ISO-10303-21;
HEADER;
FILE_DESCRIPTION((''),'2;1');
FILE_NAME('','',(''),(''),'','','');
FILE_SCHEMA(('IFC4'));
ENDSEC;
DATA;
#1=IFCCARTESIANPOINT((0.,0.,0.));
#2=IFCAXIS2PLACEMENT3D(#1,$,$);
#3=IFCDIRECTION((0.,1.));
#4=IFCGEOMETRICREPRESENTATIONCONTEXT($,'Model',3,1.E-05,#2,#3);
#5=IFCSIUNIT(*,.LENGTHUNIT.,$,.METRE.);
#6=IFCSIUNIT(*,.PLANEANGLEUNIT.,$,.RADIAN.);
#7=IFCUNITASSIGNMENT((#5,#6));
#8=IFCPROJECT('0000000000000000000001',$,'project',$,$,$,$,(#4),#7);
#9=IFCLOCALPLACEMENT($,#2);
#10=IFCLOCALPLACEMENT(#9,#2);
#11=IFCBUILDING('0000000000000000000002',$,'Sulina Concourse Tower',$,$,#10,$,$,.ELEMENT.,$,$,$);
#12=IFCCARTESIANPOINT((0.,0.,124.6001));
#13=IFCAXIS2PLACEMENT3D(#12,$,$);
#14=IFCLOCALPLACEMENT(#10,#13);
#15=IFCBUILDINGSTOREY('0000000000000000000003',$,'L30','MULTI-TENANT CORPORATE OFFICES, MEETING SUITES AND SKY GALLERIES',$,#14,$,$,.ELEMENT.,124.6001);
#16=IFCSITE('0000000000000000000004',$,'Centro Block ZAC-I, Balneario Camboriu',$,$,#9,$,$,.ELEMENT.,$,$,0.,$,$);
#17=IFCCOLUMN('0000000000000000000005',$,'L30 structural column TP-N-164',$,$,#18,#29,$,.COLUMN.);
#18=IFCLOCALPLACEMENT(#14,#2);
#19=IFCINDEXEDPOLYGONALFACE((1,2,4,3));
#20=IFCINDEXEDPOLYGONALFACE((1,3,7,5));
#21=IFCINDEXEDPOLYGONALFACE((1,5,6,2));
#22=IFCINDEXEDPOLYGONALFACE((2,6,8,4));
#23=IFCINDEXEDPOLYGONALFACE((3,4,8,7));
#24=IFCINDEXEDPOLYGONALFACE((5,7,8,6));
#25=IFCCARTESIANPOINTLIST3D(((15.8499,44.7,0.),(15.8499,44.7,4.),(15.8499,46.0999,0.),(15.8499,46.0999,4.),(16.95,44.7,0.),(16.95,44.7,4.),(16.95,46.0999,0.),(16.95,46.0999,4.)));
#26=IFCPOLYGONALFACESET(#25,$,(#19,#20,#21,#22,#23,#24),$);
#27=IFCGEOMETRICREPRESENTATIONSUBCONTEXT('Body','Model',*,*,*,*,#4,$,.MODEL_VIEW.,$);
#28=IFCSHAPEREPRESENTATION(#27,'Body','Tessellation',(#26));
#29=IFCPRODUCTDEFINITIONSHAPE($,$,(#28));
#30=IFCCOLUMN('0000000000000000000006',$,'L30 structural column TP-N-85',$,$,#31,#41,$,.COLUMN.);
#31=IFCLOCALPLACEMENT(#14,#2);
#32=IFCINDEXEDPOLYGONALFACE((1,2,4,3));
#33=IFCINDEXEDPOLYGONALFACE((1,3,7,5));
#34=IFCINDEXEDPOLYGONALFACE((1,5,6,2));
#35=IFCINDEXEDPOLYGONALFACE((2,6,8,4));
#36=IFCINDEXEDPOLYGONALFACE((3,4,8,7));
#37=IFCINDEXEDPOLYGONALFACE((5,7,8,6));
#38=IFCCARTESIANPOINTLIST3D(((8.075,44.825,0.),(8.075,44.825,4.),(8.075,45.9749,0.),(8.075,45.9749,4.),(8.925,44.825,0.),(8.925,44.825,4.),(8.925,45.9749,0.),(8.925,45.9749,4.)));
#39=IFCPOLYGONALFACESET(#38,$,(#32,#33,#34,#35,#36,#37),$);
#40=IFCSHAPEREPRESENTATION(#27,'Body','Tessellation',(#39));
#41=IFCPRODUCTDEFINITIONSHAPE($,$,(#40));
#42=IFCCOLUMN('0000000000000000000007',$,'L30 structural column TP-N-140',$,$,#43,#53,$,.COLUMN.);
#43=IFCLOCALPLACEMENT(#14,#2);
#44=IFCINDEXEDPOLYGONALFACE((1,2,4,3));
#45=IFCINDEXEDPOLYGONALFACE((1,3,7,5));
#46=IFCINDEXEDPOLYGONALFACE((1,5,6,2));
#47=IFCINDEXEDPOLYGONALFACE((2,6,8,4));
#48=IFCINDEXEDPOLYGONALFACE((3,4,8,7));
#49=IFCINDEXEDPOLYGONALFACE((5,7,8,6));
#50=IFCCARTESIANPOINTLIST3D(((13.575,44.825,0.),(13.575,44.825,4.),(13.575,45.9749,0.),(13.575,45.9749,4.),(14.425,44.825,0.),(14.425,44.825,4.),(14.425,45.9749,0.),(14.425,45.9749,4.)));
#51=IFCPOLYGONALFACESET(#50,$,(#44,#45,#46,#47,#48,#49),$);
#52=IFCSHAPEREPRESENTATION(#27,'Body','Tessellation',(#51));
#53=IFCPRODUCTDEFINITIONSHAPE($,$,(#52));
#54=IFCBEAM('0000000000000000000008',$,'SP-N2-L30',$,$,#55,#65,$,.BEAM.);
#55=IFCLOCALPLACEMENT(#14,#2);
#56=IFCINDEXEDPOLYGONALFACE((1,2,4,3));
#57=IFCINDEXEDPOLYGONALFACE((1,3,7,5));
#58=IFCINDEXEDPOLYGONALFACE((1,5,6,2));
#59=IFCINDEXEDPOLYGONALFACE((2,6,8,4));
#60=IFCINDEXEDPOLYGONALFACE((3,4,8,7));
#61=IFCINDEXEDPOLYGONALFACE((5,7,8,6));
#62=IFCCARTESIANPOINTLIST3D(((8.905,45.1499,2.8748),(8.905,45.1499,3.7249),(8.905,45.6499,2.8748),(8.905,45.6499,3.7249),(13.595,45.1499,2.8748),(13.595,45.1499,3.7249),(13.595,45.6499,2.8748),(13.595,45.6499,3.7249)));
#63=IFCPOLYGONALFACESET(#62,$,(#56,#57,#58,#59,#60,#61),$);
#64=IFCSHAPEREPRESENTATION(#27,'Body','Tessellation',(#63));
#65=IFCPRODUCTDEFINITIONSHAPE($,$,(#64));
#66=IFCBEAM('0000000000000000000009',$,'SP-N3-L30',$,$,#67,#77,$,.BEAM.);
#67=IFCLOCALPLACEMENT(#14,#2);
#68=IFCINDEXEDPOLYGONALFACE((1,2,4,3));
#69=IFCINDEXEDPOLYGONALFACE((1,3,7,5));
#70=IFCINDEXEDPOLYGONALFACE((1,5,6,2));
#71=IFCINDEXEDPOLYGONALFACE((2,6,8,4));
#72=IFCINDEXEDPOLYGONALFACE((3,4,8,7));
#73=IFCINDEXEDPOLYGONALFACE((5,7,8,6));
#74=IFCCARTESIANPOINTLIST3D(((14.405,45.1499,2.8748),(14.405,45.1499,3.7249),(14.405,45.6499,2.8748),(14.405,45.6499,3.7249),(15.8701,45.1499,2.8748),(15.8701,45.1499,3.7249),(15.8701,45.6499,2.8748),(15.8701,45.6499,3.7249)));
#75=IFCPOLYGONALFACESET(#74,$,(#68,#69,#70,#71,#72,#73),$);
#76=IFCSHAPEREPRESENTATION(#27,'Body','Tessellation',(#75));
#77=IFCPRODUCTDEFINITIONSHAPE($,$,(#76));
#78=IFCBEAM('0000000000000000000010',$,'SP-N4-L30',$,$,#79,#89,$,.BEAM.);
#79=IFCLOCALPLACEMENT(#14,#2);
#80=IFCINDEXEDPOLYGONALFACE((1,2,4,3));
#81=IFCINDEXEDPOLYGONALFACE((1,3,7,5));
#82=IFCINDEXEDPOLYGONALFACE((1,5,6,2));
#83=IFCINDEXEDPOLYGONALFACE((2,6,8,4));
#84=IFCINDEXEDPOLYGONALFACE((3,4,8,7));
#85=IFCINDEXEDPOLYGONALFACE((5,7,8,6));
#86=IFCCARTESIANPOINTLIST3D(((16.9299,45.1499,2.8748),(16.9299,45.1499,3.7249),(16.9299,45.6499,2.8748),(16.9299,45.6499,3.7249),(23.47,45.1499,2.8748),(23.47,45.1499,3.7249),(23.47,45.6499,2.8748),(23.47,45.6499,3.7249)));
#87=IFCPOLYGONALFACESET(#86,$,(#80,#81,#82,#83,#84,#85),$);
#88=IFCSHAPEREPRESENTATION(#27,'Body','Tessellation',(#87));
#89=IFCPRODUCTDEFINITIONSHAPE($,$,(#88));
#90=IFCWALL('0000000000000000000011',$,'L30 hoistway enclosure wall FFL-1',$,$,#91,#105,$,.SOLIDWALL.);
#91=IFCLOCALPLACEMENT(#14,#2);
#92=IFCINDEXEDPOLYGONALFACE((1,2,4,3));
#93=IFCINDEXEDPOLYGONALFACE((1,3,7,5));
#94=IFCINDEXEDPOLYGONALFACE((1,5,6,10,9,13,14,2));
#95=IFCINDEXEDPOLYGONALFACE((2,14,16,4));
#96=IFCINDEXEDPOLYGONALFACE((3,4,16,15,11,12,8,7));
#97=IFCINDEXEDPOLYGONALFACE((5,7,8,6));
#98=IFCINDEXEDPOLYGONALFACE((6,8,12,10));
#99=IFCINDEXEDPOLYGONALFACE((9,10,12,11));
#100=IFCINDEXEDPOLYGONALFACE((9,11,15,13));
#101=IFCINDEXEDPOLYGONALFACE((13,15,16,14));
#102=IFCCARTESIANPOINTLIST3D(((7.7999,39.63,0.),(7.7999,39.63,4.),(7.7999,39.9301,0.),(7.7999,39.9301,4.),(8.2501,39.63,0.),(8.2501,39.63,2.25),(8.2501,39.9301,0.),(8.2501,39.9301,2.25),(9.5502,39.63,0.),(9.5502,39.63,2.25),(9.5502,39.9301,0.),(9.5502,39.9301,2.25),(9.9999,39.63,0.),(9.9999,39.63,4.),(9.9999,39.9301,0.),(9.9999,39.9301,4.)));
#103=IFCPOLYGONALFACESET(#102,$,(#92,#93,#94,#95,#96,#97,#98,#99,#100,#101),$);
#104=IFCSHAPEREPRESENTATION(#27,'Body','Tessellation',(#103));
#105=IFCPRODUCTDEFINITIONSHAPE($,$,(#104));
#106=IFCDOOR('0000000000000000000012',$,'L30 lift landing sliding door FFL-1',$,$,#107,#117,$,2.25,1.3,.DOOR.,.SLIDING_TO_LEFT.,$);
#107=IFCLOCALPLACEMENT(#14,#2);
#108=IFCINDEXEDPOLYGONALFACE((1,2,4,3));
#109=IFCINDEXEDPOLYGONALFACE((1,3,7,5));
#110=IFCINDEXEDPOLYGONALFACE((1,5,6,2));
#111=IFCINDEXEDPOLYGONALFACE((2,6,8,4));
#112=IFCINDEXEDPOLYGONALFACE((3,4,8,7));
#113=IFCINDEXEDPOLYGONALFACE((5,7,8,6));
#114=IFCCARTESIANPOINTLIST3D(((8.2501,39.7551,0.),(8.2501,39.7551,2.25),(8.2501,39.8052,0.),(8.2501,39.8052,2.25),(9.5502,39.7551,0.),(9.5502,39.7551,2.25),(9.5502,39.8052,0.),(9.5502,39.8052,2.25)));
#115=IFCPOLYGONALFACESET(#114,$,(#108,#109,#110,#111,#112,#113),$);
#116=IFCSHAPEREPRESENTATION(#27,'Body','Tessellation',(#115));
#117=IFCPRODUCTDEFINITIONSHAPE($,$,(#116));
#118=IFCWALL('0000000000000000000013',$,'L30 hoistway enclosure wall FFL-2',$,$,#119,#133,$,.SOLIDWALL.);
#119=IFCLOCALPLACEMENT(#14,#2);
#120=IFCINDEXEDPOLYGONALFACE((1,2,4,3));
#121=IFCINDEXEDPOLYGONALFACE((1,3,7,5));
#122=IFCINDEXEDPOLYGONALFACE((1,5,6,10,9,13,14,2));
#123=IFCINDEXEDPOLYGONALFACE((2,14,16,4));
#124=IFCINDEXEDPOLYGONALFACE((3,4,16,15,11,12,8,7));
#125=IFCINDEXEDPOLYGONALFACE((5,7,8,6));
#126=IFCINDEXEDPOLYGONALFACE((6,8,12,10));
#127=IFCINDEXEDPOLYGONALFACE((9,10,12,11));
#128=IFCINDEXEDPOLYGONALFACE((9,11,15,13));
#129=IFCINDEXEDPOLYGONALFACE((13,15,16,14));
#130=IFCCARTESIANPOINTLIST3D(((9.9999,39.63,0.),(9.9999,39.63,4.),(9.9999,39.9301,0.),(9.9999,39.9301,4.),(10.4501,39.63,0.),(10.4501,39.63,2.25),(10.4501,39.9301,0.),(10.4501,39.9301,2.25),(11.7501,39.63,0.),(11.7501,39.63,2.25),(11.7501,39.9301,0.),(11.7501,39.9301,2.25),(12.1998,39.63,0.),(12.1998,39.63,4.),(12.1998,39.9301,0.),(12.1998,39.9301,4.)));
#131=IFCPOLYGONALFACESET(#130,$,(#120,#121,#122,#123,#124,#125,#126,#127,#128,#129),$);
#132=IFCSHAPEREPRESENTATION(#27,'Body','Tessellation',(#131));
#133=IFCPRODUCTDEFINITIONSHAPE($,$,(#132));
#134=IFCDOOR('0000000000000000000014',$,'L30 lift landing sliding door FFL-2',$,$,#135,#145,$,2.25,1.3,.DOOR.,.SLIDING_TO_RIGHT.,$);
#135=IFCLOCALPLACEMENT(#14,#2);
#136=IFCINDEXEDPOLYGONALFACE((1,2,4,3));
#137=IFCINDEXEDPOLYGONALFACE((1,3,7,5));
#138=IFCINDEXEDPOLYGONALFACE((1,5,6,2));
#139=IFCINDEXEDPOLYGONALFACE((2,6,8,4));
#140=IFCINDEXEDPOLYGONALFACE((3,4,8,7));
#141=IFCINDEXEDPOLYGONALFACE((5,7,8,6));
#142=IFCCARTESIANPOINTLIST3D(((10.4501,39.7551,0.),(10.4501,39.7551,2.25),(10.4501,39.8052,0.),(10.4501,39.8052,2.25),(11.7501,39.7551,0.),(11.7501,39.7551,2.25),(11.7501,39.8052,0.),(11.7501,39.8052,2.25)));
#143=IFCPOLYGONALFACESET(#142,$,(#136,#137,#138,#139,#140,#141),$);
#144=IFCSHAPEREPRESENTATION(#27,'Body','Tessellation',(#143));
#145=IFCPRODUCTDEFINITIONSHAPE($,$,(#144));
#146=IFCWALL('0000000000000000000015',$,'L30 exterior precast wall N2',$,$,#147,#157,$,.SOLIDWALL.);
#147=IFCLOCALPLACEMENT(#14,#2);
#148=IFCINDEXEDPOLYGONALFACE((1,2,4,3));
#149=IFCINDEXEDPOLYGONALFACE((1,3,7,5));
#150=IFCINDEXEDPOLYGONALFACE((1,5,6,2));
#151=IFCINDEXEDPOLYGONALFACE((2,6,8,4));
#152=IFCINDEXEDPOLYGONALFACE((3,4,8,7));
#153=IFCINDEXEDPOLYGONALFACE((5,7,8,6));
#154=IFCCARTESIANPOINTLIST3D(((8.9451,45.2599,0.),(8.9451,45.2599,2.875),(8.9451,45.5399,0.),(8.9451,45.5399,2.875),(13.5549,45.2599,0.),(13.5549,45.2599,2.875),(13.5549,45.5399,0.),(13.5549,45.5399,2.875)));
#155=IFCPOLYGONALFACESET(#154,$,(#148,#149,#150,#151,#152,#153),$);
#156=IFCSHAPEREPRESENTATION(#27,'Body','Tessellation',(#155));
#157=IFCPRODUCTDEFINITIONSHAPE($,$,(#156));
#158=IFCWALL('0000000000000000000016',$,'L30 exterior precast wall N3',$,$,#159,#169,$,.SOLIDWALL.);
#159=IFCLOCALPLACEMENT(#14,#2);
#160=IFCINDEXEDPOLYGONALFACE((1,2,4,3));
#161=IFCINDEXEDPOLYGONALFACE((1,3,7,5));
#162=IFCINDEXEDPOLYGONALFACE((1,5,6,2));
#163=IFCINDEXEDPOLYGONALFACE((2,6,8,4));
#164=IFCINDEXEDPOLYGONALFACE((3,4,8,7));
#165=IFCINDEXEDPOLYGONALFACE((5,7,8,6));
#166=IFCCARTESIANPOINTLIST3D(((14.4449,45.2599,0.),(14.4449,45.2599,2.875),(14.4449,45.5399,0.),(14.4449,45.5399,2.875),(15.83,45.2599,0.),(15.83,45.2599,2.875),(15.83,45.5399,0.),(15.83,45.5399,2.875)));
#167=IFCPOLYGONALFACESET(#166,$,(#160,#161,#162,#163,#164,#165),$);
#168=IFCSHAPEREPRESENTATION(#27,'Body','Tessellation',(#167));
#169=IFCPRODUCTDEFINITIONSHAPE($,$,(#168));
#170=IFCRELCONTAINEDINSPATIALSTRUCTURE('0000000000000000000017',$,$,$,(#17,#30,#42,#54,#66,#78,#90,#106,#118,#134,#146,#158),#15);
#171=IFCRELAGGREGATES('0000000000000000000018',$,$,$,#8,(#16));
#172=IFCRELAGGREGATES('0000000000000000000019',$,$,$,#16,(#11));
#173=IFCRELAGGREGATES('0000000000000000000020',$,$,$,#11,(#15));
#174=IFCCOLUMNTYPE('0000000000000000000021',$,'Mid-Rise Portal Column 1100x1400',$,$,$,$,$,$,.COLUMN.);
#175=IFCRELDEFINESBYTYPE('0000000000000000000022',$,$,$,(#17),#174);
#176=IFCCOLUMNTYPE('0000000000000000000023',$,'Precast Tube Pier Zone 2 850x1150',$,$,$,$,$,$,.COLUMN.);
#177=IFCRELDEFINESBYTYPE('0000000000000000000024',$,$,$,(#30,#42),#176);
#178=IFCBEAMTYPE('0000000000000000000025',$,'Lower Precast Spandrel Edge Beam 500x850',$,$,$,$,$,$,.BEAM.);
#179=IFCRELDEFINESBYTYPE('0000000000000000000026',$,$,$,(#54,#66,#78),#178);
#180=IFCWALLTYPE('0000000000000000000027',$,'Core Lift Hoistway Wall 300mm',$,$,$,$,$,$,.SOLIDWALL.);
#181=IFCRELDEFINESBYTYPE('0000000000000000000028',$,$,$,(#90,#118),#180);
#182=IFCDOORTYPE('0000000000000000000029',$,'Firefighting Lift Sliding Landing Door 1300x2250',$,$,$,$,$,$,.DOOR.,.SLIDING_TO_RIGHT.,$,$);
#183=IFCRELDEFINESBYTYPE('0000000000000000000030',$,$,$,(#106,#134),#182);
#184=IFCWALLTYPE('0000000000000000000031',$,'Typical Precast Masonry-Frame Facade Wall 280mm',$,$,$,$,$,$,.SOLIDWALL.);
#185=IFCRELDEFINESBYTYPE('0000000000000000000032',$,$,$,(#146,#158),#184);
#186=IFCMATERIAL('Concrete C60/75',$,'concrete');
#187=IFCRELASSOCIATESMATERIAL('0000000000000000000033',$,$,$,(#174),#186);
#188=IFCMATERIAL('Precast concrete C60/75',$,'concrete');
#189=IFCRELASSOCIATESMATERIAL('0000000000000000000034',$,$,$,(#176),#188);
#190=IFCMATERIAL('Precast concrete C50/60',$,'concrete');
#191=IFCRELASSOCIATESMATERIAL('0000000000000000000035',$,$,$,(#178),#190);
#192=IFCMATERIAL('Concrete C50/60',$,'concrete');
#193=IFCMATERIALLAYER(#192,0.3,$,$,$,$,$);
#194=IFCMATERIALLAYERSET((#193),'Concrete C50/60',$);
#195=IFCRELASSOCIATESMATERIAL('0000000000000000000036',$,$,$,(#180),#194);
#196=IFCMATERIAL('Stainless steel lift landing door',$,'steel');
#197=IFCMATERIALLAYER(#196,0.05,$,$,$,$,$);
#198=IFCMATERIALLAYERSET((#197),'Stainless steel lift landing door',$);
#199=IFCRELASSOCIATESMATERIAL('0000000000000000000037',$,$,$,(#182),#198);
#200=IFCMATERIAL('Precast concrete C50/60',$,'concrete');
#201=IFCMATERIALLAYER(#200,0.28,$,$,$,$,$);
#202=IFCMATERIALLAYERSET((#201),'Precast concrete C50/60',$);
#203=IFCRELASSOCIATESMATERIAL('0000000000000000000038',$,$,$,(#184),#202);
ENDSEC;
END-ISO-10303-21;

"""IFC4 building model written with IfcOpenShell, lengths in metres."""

from ifc_helpers import new_model, si_unit, direction, frame, frame_2d, origin, origin_2d, place, context, subcontext, project, spatial, rectangle, extrude, material, layer, layer_set, material_profile, profile_set, type_object, element, fill, save


model = new_model("IFC4")

# Units and contexts
model_context = context("Model", 3, precision=1e-05, world=origin(), true_north=direction((0.0, 1.0)))
body_context = subcontext(model_context, "Body", "Model", "MODEL_VIEW")
ifc_project = project(units=[si_unit("LENGTHUNIT", "METRE"), si_unit("PLANEANGLEUNIT", "RADIAN")], contexts=[model_context])

# Site, building, storey
site_placement = place(None, origin())
site = spatial("IfcSite", under=ifc_project, at=site_placement, Name="Centro Block ZAC-I, Balneario Camboriu", CompositionType="ELEMENT", RefElevation=0.0)
building_placement = place(site_placement, origin())
building = spatial("IfcBuilding", under=site, at=building_placement, Name="Sulina Concourse Tower", CompositionType="ELEMENT")
storey_placement = place(building_placement, frame((0.0, 0.0, 124.6001)))
storey = spatial("IfcBuildingStorey", under=building, at=storey_placement, Name="L30", Description="MULTI-TENANT CORPORATE OFFICES, MEETING SUITES AND SKY GALLERIES", CompositionType="ELEMENT", Elevation=124.6001)

# Columns
ifc_material_1 = material(Name="Concrete C60/75", Category="concrete")
ifc_material_profile_1 = material_profile(ifc_material_1, rectangle(XDim=1.1001, YDim=1.3999, at=origin_2d()), Name="RC 1100x1400")
ifc_profile_set_1 = profile_set([ifc_material_profile_1], Name="Concrete C60/75")
column_type_1 = type_object("IfcColumnType", Name="Mid-Rise Portal Column 1100x1400", PredefinedType="COLUMN", material=ifc_profile_set_1)
column_placement = place(storey_placement, frame((16.3999, 45.3999, 0.0), z_axis=(0.0, 0.0, 1.0), x_axis=(1.0, 0.0, 0.0)))
element("IfcColumn", 1, at=column_placement, inside=storey, type_object=column_type_1, Name="L30 structural column TP-N-164", PredefinedType="COLUMN", context=body_context, shape_type="SweptSolid", body=[
    extrude(rectangle(XDim=1.1001, YDim=1.3999, at=origin_2d()), origin(), (0.0, 0.0, 1.0), 4.0),
])
ifc_material_2 = material(Name="Precast concrete C60/75", Category="concrete")
ifc_material_profile_2 = material_profile(ifc_material_2, rectangle(XDim=0.8501, YDim=1.1499, at=origin_2d()), Name="PC 850x1150")
ifc_profile_set_2 = profile_set([ifc_material_profile_2], Name="Precast concrete C60/75")
column_type_2 = type_object("IfcColumnType", Name="Precast Tube Pier Zone 2 850x1150", PredefinedType="COLUMN", material=ifc_profile_set_2)
for number, where, z_axis, x_axis, name in (
    (2, (8.5, 45.3999, 0.0), (0.0, 0.0, 1.0), (1.0, 0.0, 0.0), "L30 structural column TP-N-85"),
    (3, (14.0, 45.3999, 0.0), (0.0, 0.0, 1.0), (1.0, 0.0, 0.0), "L30 structural column TP-N-140"),
):
    element("IfcColumn", number, at=place(storey_placement, frame(where, z_axis=z_axis, x_axis=x_axis)), inside=storey, type_object=column_type_2, Name=name, PredefinedType="COLUMN", context=body_context, shape_type="SweptSolid", body=[
        extrude(rectangle(XDim=0.8501, YDim=1.1499, at=origin_2d()), origin(), (0.0, 0.0, 1.0), 4.0),
    ])

# Beams
ifc_material_3 = material(Name="Precast concrete C50/60", Category="concrete")
ifc_material_profile_3 = material_profile(ifc_material_3, rectangle(XDim=0.5, YDim=0.8501, at=origin_2d()), Name="RC 500x850")
ifc_profile_set_3 = profile_set([ifc_material_profile_3], Name="Precast concrete C50/60")
beam_type = type_object("IfcBeamType", Name="Lower Precast Spandrel Edge Beam 500x850", PredefinedType="BEAM", material=ifc_profile_set_3)
beam_1_placement = place(storey_placement, frame((8.905, 45.3999, 3.2998), z_axis=(1.0, 0.0, 0.0), x_axis=(0.0, 1.0, 0.0)))
element("IfcBeam", 4, at=beam_1_placement, inside=storey, type_object=beam_type, Name="SP-N2-L30", PredefinedType="BEAM", context=body_context, shape_type="SweptSolid", body=[
    extrude(rectangle(XDim=0.5, YDim=0.8501, at=origin_2d()), origin(), (0.0, 0.0, 1.0), 4.6899),
])
beam_2_placement = place(storey_placement, frame((14.405, 45.3999, 3.2998), z_axis=(1.0, 0.0, 0.0), x_axis=(0.0, 1.0, 0.0)))
element("IfcBeam", 5, at=beam_2_placement, inside=storey, type_object=beam_type, Name="SP-N3-L30", PredefinedType="BEAM", context=body_context, shape_type="SweptSolid", body=[
    extrude(rectangle(XDim=0.5, YDim=0.8501, at=origin_2d()), origin(), (0.0, 0.0, 1.0), 1.4651),
])
beam_3_placement = place(storey_placement, frame((16.9299, 45.3999, 3.2998), z_axis=(1.0, 0.0, 0.0), x_axis=(0.0, 1.0, 0.0)))
element("IfcBeam", 6, at=beam_3_placement, inside=storey, type_object=beam_type, Name="SP-N4-L30", PredefinedType="BEAM", context=body_context, shape_type="SweptSolid", body=[
    extrude(rectangle(XDim=0.5, YDim=0.8501, at=origin_2d()), origin(), (0.0, 0.0, 1.0), 6.54),
])

# Walls, openings, doors
ifc_material_4 = material(Name="Concrete C50/60", Category="concrete")
ifc_layer_1 = layer(ifc_material_4, 0.3)
ifc_layer_set_1 = layer_set([ifc_layer_1], Name="Concrete C50/60")
wall_type_1 = type_object("IfcWallType", Name="Core Lift Hoistway Wall 300mm", PredefinedType="SOLIDWALL", material=ifc_layer_set_1)
wall_1_placement = place(storey_placement, frame((10.0, 39.78, 0.0), z_axis=(0.0, 0.0, 1.0), x_axis=(-1.0, 0.0, 0.0)))
wall_1 = element("IfcWall", 7, at=wall_1_placement, inside=storey, type_object=wall_type_1, Name="L30 hoistway enclosure wall FFL-1", PredefinedType="SOLIDWALL", context=body_context, shape_type="SweptSolid", body=[
    extrude(rectangle(XDim=2.2, YDim=0.3, at=frame_2d((1.1001, 0.0))), origin(), (0.0, 0.0, 1.0), 4.0),
])
opening_1_placement = place(wall_1_placement, frame((0.45, 0.0, 0.0)))
opening_1 = element("IfcOpeningElement", 8, at=opening_1_placement, cuts=wall_1, PredefinedType="OPENING", context=body_context, shape_type="SweptSolid", body=[
    extrude(rectangle(XDim=1.3, YDim=2.25, at=frame_2d((0.6499, 1.125))), frame((0.0, 0.1599, 0.0), z_axis=(0.0, -1.0, 0.0), x_axis=(1.0, 0.0, 0.0)), (0.0, 0.0, 1.0), 0.3201),
])
ifc_material_5 = material(Name="Stainless steel lift landing door", Category="steel")
ifc_layer_2 = layer(ifc_material_5, 0.05)
ifc_layer_set_2 = layer_set([ifc_layer_2], Name="Stainless steel lift landing door")
door_type = type_object("IfcDoorType", Name="Firefighting Lift Sliding Landing Door 1300x2250", OperationType="SLIDING_TO_RIGHT", PredefinedType="DOOR", material=ifc_layer_set_2)
door_1_placement = place(opening_1_placement, origin())
door_1 = element("IfcDoor", 9, at=door_1_placement, inside=storey, type_object=door_type, Name="L30 lift landing sliding door FFL-1", OperationType="SLIDING_TO_LEFT", OverallHeight=2.25, OverallWidth=1.3, PredefinedType="DOOR", context=body_context, shape_type="SweptSolid", body=[
    extrude(rectangle(XDim=1.3, YDim=2.25, at=frame_2d((0.6499, 1.125))), frame((0.0, 0.0249, 0.0), z_axis=(0.0, -1.0, 0.0), x_axis=(1.0, 0.0, 0.0)), (0.0, 0.0, 1.0), 0.05),
])
fill(opening_1, door_1)
wall_2_placement = place(storey_placement, frame((12.2, 39.78, 0.0), z_axis=(0.0, 0.0, 1.0), x_axis=(-1.0, 0.0, 0.0)))
wall_2 = element("IfcWall", 10, at=wall_2_placement, inside=storey, type_object=wall_type_1, Name="L30 hoistway enclosure wall FFL-2", PredefinedType="SOLIDWALL", context=body_context, shape_type="SweptSolid", body=[
    extrude(rectangle(XDim=2.2, YDim=0.3, at=frame_2d((1.1001, 0.0))), origin(), (0.0, 0.0, 1.0), 4.0),
])
opening_2_placement = place(wall_2_placement, frame((0.45, 0.0, 0.0)))
opening_2 = element("IfcOpeningElement", 11, at=opening_2_placement, cuts=wall_2, PredefinedType="OPENING", context=body_context, shape_type="SweptSolid", body=[
    extrude(rectangle(XDim=1.3, YDim=2.25, at=frame_2d((0.6499, 1.125))), frame((0.0, 0.1599, 0.0), z_axis=(0.0, -1.0, 0.0), x_axis=(1.0, 0.0, 0.0)), (0.0, 0.0, 1.0), 0.3201),
])
door_2_placement = place(opening_2_placement, origin())
door_2 = element("IfcDoor", 12, at=door_2_placement, inside=storey, type_object=door_type, Name="L30 lift landing sliding door FFL-2", OperationType="SLIDING_TO_RIGHT", OverallHeight=2.25, OverallWidth=1.3, PredefinedType="DOOR", context=body_context, shape_type="SweptSolid", body=[
    extrude(rectangle(XDim=1.3, YDim=2.25, at=frame_2d((0.6499, 1.125))), frame((0.0, 0.0249, 0.0), z_axis=(0.0, -1.0, 0.0), x_axis=(1.0, 0.0, 0.0)), (0.0, 0.0, 1.0), 0.05),
])
fill(opening_2, door_2)

# Walls
ifc_material_6 = material(Name="Precast concrete C50/60", Category="concrete")
ifc_layer_3 = layer(ifc_material_6, 0.28)
ifc_layer_set_3 = layer_set([ifc_layer_3], Name="Precast concrete C50/60")
wall_type_2 = type_object("IfcWallType", Name="Typical Precast Masonry-Frame Facade Wall 280mm", PredefinedType="SOLIDWALL", material=ifc_layer_set_3)
wall_3_placement = place(storey_placement, frame((8.9451, 45.3999, 0.0), z_axis=(0.0, 0.0, 1.0), x_axis=(1.0, 0.0, 0.0)))
element("IfcWall", 13, at=wall_3_placement, inside=storey, type_object=wall_type_2, Name="L30 exterior precast wall N2", PredefinedType="SOLIDWALL", context=body_context, shape_type="SweptSolid", body=[
    extrude(rectangle(XDim=4.6099, YDim=0.28, at=frame_2d((2.3049, 0.0))), origin(), (0.0, 0.0, 1.0), 2.875),
])
wall_4_placement = place(storey_placement, frame((14.4451, 45.3999, 0.0), z_axis=(0.0, 0.0, 1.0), x_axis=(1.0, 0.0, 0.0)))
element("IfcWall", 14, at=wall_4_placement, inside=storey, type_object=wall_type_2, Name="L30 exterior precast wall N3", PredefinedType="SOLIDWALL", context=body_context, shape_type="SweptSolid", body=[
    extrude(rectangle(XDim=1.385, YDim=0.28, at=frame_2d((0.6924, 0.0))), origin(), (0.0, 0.0, 1.0), 2.875),
])

save(model, "model.ifc")
